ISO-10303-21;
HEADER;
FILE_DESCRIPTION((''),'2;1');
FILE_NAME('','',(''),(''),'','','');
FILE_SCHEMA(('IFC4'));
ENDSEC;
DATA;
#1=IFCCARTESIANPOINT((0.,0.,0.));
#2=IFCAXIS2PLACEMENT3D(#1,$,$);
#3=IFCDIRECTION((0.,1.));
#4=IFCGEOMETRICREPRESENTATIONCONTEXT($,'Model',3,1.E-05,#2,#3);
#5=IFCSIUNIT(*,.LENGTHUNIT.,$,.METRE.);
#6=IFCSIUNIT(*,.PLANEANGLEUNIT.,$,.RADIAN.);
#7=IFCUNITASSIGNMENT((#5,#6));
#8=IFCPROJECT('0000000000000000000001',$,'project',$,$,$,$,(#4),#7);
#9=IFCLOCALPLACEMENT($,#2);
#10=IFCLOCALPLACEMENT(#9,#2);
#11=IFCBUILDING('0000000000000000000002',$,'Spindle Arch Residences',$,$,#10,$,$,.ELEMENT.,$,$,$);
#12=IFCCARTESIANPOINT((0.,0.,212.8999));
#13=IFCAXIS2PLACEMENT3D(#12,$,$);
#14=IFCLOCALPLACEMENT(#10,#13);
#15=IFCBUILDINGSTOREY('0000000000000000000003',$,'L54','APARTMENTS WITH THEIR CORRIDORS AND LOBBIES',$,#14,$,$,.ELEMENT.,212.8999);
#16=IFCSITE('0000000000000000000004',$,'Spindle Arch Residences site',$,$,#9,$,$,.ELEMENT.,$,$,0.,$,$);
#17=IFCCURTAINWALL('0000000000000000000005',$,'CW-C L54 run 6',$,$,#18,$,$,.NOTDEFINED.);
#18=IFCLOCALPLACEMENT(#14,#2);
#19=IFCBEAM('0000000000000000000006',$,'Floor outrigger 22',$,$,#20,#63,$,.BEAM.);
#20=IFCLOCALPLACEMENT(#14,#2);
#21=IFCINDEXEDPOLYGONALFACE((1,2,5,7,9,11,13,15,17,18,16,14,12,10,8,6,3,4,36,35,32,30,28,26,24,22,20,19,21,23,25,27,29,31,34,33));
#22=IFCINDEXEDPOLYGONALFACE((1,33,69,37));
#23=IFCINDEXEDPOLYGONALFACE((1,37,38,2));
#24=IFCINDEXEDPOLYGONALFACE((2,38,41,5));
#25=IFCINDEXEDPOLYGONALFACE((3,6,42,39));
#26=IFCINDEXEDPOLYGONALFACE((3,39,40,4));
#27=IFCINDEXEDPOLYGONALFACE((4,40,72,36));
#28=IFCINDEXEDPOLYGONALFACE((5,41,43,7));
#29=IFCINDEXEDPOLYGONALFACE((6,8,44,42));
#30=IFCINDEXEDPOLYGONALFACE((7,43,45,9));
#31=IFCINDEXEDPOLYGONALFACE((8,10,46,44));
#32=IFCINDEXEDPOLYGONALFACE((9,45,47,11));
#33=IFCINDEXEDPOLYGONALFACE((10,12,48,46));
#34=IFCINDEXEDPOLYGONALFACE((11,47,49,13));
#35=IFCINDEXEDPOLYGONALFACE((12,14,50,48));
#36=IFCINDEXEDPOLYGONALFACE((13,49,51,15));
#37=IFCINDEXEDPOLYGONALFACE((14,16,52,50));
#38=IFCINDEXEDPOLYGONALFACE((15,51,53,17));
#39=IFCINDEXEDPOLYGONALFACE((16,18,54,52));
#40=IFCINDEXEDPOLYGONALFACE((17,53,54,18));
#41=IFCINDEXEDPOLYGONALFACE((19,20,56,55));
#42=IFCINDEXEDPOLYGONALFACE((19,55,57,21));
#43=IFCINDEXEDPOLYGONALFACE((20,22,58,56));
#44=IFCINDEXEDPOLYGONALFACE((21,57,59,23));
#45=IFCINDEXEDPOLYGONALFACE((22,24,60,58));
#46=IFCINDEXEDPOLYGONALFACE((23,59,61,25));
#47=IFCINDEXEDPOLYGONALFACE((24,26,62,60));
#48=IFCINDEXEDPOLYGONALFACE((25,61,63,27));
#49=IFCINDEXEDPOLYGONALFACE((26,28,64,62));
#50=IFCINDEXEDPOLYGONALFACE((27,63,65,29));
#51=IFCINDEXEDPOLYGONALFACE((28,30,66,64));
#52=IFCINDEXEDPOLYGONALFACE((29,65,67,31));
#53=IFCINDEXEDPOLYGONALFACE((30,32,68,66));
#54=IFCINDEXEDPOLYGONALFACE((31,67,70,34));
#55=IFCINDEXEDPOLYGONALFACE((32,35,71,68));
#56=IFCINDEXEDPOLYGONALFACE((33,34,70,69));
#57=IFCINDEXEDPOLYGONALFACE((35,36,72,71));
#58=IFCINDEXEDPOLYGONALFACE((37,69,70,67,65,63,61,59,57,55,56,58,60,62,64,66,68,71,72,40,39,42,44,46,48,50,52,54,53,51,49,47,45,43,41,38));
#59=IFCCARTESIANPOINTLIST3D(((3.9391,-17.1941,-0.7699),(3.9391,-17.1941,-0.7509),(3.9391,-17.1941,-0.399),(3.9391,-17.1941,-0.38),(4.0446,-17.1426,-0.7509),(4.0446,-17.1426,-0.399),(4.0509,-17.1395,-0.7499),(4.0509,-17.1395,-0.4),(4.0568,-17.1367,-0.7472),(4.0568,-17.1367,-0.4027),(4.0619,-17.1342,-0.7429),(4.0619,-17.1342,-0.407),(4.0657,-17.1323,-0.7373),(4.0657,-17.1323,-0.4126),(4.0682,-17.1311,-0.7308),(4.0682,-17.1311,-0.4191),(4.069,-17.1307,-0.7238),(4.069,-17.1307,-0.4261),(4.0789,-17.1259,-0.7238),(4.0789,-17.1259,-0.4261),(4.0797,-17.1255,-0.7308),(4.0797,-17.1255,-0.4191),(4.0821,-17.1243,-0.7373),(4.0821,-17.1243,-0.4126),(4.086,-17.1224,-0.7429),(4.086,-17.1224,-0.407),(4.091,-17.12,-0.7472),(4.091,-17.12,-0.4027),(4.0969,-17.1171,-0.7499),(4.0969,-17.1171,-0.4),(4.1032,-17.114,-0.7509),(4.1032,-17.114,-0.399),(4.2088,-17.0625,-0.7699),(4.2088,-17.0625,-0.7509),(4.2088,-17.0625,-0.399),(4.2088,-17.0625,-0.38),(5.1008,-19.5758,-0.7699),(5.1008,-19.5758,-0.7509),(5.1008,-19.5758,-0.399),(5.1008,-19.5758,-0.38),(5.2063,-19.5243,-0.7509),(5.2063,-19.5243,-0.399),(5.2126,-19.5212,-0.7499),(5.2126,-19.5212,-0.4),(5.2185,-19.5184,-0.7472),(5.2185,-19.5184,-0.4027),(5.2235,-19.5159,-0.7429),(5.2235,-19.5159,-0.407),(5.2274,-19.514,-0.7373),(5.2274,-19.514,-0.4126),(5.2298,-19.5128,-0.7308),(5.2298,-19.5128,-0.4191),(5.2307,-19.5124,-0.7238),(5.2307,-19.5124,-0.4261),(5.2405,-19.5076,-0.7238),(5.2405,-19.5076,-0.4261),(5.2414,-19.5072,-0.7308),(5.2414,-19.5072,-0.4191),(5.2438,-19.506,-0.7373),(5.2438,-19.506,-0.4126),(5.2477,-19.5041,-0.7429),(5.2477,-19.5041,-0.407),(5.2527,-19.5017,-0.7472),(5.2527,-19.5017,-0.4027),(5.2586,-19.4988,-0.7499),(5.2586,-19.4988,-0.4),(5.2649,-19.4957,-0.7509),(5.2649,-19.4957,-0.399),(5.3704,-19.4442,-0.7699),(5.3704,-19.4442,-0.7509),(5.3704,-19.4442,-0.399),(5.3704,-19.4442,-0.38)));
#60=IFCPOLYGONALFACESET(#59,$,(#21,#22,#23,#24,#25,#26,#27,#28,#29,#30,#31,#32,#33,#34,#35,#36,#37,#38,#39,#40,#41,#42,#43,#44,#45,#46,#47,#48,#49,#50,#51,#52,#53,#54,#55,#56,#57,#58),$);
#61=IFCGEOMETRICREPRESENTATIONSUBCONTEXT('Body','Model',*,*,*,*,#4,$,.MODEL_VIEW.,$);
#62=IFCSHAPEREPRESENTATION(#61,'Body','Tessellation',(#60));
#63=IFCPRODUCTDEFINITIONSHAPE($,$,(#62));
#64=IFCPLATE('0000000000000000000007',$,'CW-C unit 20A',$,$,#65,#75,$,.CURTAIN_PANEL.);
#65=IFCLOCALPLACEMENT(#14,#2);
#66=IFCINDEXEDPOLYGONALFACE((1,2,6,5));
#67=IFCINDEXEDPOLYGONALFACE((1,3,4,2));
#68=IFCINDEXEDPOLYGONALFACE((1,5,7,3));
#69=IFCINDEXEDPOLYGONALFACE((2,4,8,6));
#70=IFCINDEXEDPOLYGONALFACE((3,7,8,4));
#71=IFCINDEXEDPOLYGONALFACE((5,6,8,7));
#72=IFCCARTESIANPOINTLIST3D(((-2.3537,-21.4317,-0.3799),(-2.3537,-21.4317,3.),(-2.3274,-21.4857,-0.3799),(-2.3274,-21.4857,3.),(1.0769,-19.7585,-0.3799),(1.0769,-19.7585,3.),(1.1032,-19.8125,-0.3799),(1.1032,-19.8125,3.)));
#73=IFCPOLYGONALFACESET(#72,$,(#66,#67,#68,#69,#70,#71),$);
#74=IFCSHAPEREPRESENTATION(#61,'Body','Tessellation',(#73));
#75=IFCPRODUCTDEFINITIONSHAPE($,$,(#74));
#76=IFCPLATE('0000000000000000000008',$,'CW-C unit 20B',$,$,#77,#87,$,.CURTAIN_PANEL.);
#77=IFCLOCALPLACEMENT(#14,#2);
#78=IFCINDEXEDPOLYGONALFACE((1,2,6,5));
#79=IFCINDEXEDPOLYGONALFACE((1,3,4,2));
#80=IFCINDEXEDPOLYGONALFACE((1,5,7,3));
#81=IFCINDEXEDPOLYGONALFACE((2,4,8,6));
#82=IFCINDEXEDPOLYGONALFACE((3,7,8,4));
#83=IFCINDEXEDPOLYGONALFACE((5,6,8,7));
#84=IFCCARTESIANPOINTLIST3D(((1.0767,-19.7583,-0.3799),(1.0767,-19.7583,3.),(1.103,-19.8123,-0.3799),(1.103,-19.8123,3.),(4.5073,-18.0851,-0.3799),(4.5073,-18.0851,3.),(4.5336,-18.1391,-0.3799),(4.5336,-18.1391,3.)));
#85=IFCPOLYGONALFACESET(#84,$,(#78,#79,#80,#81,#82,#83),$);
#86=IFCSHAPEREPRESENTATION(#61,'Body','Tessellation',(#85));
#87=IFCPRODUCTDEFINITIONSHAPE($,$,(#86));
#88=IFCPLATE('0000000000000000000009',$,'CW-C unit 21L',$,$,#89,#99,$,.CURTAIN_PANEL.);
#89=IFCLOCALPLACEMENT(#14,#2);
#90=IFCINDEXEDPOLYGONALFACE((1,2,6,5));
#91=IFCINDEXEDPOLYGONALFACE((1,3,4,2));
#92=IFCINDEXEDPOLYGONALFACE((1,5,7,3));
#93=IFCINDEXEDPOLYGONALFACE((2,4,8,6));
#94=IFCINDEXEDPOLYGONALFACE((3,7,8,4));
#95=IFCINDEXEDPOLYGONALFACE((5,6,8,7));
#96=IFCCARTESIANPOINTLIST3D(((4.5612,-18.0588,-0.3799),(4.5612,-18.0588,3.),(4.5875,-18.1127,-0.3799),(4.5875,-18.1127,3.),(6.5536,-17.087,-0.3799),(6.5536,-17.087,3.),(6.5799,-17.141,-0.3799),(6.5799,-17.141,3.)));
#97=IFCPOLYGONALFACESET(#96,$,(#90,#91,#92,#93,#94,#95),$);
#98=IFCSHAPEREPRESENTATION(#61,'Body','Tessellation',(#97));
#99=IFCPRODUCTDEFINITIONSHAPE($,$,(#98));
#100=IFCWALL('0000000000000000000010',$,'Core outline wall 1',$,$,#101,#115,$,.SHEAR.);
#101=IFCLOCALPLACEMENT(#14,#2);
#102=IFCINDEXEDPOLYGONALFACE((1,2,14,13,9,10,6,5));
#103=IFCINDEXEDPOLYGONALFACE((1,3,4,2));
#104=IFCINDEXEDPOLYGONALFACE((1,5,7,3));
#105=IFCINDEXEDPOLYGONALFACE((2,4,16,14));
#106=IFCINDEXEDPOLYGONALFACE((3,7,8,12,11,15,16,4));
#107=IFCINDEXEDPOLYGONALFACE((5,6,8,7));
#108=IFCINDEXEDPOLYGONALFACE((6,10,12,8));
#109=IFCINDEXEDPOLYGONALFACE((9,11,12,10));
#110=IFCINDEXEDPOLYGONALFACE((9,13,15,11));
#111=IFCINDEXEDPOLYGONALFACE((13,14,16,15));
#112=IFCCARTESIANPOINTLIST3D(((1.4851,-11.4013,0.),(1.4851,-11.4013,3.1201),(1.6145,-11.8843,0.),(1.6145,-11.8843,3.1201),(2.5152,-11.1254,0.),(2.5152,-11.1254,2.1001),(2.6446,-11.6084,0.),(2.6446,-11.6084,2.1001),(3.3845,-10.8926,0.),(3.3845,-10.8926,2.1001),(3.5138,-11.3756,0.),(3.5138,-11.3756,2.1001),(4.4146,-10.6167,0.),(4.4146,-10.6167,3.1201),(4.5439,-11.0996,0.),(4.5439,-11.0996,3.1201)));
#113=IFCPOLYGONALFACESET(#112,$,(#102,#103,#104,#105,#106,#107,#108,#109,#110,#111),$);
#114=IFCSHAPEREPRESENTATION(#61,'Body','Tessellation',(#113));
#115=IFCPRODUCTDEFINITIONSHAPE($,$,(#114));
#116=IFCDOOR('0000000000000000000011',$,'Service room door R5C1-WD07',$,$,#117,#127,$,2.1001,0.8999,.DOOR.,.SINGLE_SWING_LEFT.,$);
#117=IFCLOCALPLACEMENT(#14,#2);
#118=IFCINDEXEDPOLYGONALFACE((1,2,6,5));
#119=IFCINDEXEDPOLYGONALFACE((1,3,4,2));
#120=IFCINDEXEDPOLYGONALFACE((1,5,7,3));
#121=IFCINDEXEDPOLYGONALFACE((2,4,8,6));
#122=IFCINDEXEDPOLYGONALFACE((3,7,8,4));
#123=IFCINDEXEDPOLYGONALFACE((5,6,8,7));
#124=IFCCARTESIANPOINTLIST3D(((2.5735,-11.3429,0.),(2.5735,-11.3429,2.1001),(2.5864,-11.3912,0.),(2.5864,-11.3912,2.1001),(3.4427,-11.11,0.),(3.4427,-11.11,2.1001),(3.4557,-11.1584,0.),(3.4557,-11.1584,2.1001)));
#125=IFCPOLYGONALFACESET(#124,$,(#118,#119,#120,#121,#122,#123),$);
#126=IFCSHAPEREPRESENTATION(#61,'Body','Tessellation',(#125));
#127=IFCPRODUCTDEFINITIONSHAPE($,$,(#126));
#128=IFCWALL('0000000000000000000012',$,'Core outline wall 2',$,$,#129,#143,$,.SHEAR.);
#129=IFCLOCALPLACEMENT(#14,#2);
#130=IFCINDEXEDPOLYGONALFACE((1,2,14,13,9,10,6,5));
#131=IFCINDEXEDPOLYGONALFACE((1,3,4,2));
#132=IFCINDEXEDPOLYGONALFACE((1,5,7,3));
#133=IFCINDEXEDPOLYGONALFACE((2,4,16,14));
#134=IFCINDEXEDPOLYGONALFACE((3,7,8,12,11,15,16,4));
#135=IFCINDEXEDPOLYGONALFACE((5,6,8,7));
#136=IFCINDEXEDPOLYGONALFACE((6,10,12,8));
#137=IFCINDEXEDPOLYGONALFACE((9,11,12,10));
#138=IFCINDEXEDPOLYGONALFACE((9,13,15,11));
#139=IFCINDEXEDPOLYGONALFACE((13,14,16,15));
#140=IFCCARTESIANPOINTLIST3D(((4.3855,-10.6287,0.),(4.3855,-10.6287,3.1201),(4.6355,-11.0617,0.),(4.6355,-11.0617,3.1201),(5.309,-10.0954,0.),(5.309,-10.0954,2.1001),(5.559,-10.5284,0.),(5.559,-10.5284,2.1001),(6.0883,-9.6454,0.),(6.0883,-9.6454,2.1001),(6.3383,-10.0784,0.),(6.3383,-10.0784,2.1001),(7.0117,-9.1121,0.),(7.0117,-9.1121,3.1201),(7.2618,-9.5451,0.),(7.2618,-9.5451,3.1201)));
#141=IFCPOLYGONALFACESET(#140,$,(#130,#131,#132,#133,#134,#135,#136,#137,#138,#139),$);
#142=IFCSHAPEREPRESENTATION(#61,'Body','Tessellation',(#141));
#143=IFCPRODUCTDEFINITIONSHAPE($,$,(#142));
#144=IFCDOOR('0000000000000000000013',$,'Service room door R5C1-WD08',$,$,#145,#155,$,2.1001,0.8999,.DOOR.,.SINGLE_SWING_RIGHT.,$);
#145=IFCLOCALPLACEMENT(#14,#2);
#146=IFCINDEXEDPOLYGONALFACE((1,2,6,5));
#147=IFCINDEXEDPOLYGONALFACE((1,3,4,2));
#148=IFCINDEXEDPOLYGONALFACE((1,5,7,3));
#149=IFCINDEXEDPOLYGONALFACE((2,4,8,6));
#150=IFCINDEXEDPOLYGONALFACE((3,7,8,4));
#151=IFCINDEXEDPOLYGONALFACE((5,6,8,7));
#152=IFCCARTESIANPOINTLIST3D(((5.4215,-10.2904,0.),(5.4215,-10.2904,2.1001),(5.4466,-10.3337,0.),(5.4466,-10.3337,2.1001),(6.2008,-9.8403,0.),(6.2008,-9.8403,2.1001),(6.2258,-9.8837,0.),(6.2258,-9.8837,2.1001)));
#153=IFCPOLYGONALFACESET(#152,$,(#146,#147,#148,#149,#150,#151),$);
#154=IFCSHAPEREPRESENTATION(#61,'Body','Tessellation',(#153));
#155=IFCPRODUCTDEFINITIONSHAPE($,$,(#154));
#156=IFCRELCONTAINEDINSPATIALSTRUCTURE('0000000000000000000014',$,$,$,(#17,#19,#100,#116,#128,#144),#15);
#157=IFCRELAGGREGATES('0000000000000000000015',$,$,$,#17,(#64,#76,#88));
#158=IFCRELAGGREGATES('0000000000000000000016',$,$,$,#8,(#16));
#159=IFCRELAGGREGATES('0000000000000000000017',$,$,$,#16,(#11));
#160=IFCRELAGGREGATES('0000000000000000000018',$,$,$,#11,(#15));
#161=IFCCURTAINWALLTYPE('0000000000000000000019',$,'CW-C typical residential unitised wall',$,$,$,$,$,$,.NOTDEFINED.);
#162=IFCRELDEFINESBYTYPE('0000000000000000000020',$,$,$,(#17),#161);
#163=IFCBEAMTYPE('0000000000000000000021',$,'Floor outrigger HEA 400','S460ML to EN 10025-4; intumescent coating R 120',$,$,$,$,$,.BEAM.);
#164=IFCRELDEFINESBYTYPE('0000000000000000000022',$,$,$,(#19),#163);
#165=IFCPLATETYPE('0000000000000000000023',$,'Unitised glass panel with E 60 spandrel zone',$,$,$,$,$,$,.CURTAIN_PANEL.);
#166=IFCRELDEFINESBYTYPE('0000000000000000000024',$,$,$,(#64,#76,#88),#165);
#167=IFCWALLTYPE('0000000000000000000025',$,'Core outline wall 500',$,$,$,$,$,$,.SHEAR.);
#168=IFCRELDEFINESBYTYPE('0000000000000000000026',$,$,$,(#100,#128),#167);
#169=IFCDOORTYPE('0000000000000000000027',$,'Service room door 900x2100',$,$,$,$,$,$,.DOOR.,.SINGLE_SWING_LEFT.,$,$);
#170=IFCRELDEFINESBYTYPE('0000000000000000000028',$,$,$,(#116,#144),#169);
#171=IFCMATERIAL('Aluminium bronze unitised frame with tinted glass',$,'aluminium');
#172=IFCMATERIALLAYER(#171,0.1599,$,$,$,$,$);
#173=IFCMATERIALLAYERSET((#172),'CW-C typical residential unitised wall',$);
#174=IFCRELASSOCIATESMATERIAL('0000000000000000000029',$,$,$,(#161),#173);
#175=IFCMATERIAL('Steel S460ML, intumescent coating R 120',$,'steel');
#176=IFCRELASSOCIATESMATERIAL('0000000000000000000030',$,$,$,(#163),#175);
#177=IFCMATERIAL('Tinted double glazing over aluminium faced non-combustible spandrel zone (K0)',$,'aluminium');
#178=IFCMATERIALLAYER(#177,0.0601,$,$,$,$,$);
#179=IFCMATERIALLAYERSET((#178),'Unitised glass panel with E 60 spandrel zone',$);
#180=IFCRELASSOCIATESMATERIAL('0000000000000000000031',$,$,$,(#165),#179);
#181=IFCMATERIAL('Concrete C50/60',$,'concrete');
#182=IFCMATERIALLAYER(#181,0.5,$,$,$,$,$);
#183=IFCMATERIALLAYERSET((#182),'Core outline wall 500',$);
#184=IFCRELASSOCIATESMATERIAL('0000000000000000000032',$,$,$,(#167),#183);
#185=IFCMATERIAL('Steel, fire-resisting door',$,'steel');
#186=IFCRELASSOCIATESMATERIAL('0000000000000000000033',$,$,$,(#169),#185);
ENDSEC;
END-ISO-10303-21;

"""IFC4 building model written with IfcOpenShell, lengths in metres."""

from ifc_helpers import new_model, si_unit, direction, frame, frame_2d, origin, origin_2d, place, context, subcontext, project, spatial, rectangle, i_section, extrude, material, layer, layer_set, material_profile, profile_set, type_object, element, fill, aggregate, save


model = new_model("IFC4")

# Units and contexts
model_context = context("Model", 3, precision=1e-05, world=origin(), true_north=direction((0.0, 1.0)))
body_context = subcontext(model_context, "Body", "Model", "MODEL_VIEW")
ifc_project = project(units=[si_unit("LENGTHUNIT", "METRE"), si_unit("PLANEANGLEUNIT", "RADIAN")], contexts=[model_context])

# Site, building, storey
site_placement = place(None, origin())
site = spatial("IfcSite", under=ifc_project, at=site_placement, Name="Spindle Arch Residences site", CompositionType="ELEMENT", RefElevation=0.0)
building_placement = place(site_placement, origin())
building = spatial("IfcBuilding", under=site, at=building_placement, Name="Spindle Arch Residences", CompositionType="ELEMENT")
storey_placement = place(building_placement, frame((0.0, 0.0, 212.8999)))
storey = spatial("IfcBuildingStorey", under=building, at=storey_placement, Name="L54", Description="APARTMENTS WITH THEIR CORRIDORS AND LOBBIES", CompositionType="ELEMENT", Elevation=212.8999)

# Curtain wall
ifc_material_1 = material(Name="Aluminium bronze unitised frame with tinted glass", Category="aluminium")
ifc_layer_1 = layer(ifc_material_1, 0.1599)
ifc_layer_set_1 = layer_set([ifc_layer_1], Name="CW-C typical residential unitised wall")
curtain_wall_type = type_object("IfcCurtainWallType", Name="CW-C typical residential unitised wall", PredefinedType="NOTDEFINED", material=ifc_layer_set_1)
curtain_wall_placement = place(storey_placement, origin())
curtain_wall = element("IfcCurtainWall", 1, at=curtain_wall_placement, inside=storey, type_object=curtain_wall_type, Name="CW-C L54 run 6", PredefinedType="NOTDEFINED")

# Beam
ifc_material_2 = material(Name="Steel S460ML, intumescent coating R 120", Category="steel")
ifc_material_profile_1 = material_profile(ifc_material_2, i_section(OverallWidth=0.3, OverallDepth=0.3899, WebThickness=0.011, FlangeThickness=0.019, FilletRadius=0.0271, at=origin_2d()), Name="HEA 400")
ifc_profile_set_1 = profile_set([ifc_material_profile_1], Name="Steel S460ML, intumescent coating R 120")
beam_type_1 = type_object("IfcBeamType", Name="Floor outrigger HEA 400", Description="S460ML to EN 10025-4; intumescent coating R 120", PredefinedType="BEAM", material=ifc_profile_set_1)
beam_1_placement = place(storey_placement, frame((5.2356, -19.51, -0.575), z_axis=(-0.438384, 0.898788, 0.0), x_axis=(-0.898788, -0.438384, 0.0)))
element("IfcBeam", 2, at=beam_1_placement, inside=storey, type_object=beam_type_1, Name="Floor outrigger 22", PredefinedType="BEAM", context=body_context, shape_type="SweptSolid", body=[
    extrude(i_section(OverallWidth=0.3, OverallDepth=0.3899, WebThickness=0.011, FlangeThickness=0.019, FilletRadius=0.0271, at=origin_2d()), origin(), (0.0, 0.0, 1.0), 2.6499),
])

# Plates
ifc_material_3 = material(Name="Tinted double glazing over aluminium faced non-combustible spandrel zone (K0)", Category="aluminium")
ifc_layer_2 = layer(ifc_material_3, 0.0601)
ifc_layer_set_2 = layer_set([ifc_layer_2], Name="Unitised glass panel with E 60 spandrel zone")
plate_type = type_object("IfcPlateType", Name="Unitised glass panel with E 60 spandrel zone", PredefinedType="CURTAIN_PANEL", material=ifc_layer_set_2)
plate_1_placement = place(storey_placement, frame((-0.6252, -20.6221, -0.3799), z_axis=(0.0, 0.0, 1.0), x_axis=(0.898794, 0.438371, 0.0)))
plate_1 = element("IfcPlate", 3, at=plate_1_placement, type_object=plate_type, Name="CW-C unit 20A", PredefinedType="CURTAIN_PANEL", context=body_context, shape_type="SweptSolid", body=[
    extrude(rectangle(XDim=3.8169, YDim=0.0601, at=origin_2d()), origin(), (0.0, 0.0, 1.0), 3.3799),
])
plate_2_placement = place(storey_placement, frame((2.8052, -18.9487, -0.3799), z_axis=(0.0, 0.0, 1.0), x_axis=(0.898794, 0.438371, 0.0)))
plate_2 = element("IfcPlate", 4, at=plate_2_placement, type_object=plate_type, Name="CW-C unit 20B", PredefinedType="CURTAIN_PANEL", context=body_context, shape_type="SweptSolid", body=[
    extrude(rectangle(XDim=3.8169, YDim=0.0601, at=origin_2d()), origin(), (0.0, 0.0, 1.0), 3.3799),
])
plate_3_placement = place(storey_placement, frame((5.5706, -17.5999, -0.3799), z_axis=(0.0, 0.0, 1.0), x_axis=(0.898794, 0.438371, 0.0)))
plate_3 = element("IfcPlate", 5, at=plate_3_placement, type_object=plate_type, Name="CW-C unit 21L", PredefinedType="CURTAIN_PANEL", context=body_context, shape_type="SweptSolid", body=[
    extrude(rectangle(XDim=2.2168, YDim=0.0601, at=origin_2d()), origin(), (0.0, 0.0, 1.0), 3.3799),
])
aggregate(curtain_wall, [plate_1, plate_2, plate_3])

# Walls, openings, doors
ifc_material_4 = material(Name="Concrete C50/60", Category="concrete")
ifc_layer_3 = layer(ifc_material_4, 0.5)
ifc_layer_set_3 = layer_set([ifc_layer_3], Name="Core outline wall 500")
wall_type_1 = type_object("IfcWallType", Name="Core outline wall 500", PredefinedType="SHEAR", material=ifc_layer_set_3)
wall_1_placement = place(storey_placement, frame((1.5498, -11.6428, 0.0), z_axis=(0.0, 0.0, 1.0), x_axis=(0.965948, 0.258735, 0.0)))
wall_1 = element("IfcWall", 6, at=wall_1_placement, inside=storey, type_object=wall_type_1, Name="Core outline wall 1", PredefinedType="SHEAR", context=body_context, shape_type="SweptSolid", body=[
    extrude(rectangle(XDim=3.0327, YDim=0.5, at=frame_2d((1.5164, 0.0))), origin(), (0.0, 0.0, 1.0), 3.1201),
])
opening_1_placement = place(wall_1_placement, frame((1.0664, 0.0, 0.0)))
opening_1 = element("IfcOpeningElement", 7, at=opening_1_placement, cuts=wall_1, PredefinedType="OPENING", context=body_context, shape_type="SweptSolid", body=[
    extrude(rectangle(XDim=0.8999, YDim=2.1001, at=frame_2d((0.45, 1.05))), frame((0.0, 0.26, 0.0), z_axis=(0.0, -1.0, 0.0), x_axis=(1.0, 0.0, 0.0)), (0.0, 0.0, 1.0), 0.52),
])
ifc_material_5 = material(Name="Steel, fire-resisting door", Category="steel")
door_type_1 = type_object("IfcDoorType", Name="Service room door 900x2100", OperationType="SINGLE_SWING_LEFT", PredefinedType="DOOR", material=ifc_material_5)
door_1_placement = place(opening_1_placement, origin())
door_1 = element("IfcDoor", 8, at=door_1_placement, inside=storey, type_object=door_type_1, Name="Service room door R5C1-WD07", OperationType="SINGLE_SWING_LEFT", OverallHeight=2.1001, OverallWidth=0.8999, PredefinedType="DOOR", context=body_context, shape_type="SweptSolid", body=[
    extrude(rectangle(XDim=0.8999, YDim=2.1001, at=frame_2d((0.45, 1.05))), frame((0.0, 0.0249, 0.0), z_axis=(0.0, -1.0, 0.0), x_axis=(1.0, 0.0, 0.0)), (0.0, 0.0, 1.0), 0.05),
])
fill(opening_1, door_1)
wall_2_placement = place(storey_placement, frame((4.5105, -10.8452, 0.0), z_axis=(0.0, 0.0, 1.0), x_axis=(0.865975, 0.500087, 0.0)))
wall_2 = element("IfcWall", 9, at=wall_2_placement, inside=storey, type_object=wall_type_1, Name="Core outline wall 2", PredefinedType="SHEAR", context=body_context, shape_type="SweptSolid", body=[
    extrude(rectangle(XDim=3.0327, YDim=0.5, at=frame_2d((1.5164, 0.0))), origin(), (0.0, 0.0, 1.0), 3.1201),
])
opening_2_placement = place(wall_2_placement, frame((1.0664, 0.0, 0.0)))
opening_2 = element("IfcOpeningElement", 10, at=opening_2_placement, cuts=wall_2, PredefinedType="OPENING", context=body_context, shape_type="SweptSolid", body=[
    extrude(rectangle(XDim=0.8999, YDim=2.1001, at=frame_2d((0.45, 1.05))), frame((0.0, 0.26, 0.0), z_axis=(0.0, -1.0, 0.0), x_axis=(1.0, 0.0, 0.0)), (0.0, 0.0, 1.0), 0.52),
])
door_2_placement = place(opening_2_placement, origin())
door_2 = element("IfcDoor", 11, at=door_2_placement, inside=storey, type_object=door_type_1, Name="Service room door R5C1-WD08", OperationType="SINGLE_SWING_RIGHT", OverallHeight=2.1001, OverallWidth=0.8999, PredefinedType="DOOR", context=body_context, shape_type="SweptSolid", body=[
    extrude(rectangle(XDim=0.8999, YDim=2.1001, at=frame_2d((0.45, 1.05))), frame((0.0, 0.0249, 0.0), z_axis=(0.0, -1.0, 0.0), x_axis=(1.0, 0.0, 0.0)), (0.0, 0.0, 1.0), 0.05),
])
fill(opening_2, door_2)

save(model, "model.ifc")
